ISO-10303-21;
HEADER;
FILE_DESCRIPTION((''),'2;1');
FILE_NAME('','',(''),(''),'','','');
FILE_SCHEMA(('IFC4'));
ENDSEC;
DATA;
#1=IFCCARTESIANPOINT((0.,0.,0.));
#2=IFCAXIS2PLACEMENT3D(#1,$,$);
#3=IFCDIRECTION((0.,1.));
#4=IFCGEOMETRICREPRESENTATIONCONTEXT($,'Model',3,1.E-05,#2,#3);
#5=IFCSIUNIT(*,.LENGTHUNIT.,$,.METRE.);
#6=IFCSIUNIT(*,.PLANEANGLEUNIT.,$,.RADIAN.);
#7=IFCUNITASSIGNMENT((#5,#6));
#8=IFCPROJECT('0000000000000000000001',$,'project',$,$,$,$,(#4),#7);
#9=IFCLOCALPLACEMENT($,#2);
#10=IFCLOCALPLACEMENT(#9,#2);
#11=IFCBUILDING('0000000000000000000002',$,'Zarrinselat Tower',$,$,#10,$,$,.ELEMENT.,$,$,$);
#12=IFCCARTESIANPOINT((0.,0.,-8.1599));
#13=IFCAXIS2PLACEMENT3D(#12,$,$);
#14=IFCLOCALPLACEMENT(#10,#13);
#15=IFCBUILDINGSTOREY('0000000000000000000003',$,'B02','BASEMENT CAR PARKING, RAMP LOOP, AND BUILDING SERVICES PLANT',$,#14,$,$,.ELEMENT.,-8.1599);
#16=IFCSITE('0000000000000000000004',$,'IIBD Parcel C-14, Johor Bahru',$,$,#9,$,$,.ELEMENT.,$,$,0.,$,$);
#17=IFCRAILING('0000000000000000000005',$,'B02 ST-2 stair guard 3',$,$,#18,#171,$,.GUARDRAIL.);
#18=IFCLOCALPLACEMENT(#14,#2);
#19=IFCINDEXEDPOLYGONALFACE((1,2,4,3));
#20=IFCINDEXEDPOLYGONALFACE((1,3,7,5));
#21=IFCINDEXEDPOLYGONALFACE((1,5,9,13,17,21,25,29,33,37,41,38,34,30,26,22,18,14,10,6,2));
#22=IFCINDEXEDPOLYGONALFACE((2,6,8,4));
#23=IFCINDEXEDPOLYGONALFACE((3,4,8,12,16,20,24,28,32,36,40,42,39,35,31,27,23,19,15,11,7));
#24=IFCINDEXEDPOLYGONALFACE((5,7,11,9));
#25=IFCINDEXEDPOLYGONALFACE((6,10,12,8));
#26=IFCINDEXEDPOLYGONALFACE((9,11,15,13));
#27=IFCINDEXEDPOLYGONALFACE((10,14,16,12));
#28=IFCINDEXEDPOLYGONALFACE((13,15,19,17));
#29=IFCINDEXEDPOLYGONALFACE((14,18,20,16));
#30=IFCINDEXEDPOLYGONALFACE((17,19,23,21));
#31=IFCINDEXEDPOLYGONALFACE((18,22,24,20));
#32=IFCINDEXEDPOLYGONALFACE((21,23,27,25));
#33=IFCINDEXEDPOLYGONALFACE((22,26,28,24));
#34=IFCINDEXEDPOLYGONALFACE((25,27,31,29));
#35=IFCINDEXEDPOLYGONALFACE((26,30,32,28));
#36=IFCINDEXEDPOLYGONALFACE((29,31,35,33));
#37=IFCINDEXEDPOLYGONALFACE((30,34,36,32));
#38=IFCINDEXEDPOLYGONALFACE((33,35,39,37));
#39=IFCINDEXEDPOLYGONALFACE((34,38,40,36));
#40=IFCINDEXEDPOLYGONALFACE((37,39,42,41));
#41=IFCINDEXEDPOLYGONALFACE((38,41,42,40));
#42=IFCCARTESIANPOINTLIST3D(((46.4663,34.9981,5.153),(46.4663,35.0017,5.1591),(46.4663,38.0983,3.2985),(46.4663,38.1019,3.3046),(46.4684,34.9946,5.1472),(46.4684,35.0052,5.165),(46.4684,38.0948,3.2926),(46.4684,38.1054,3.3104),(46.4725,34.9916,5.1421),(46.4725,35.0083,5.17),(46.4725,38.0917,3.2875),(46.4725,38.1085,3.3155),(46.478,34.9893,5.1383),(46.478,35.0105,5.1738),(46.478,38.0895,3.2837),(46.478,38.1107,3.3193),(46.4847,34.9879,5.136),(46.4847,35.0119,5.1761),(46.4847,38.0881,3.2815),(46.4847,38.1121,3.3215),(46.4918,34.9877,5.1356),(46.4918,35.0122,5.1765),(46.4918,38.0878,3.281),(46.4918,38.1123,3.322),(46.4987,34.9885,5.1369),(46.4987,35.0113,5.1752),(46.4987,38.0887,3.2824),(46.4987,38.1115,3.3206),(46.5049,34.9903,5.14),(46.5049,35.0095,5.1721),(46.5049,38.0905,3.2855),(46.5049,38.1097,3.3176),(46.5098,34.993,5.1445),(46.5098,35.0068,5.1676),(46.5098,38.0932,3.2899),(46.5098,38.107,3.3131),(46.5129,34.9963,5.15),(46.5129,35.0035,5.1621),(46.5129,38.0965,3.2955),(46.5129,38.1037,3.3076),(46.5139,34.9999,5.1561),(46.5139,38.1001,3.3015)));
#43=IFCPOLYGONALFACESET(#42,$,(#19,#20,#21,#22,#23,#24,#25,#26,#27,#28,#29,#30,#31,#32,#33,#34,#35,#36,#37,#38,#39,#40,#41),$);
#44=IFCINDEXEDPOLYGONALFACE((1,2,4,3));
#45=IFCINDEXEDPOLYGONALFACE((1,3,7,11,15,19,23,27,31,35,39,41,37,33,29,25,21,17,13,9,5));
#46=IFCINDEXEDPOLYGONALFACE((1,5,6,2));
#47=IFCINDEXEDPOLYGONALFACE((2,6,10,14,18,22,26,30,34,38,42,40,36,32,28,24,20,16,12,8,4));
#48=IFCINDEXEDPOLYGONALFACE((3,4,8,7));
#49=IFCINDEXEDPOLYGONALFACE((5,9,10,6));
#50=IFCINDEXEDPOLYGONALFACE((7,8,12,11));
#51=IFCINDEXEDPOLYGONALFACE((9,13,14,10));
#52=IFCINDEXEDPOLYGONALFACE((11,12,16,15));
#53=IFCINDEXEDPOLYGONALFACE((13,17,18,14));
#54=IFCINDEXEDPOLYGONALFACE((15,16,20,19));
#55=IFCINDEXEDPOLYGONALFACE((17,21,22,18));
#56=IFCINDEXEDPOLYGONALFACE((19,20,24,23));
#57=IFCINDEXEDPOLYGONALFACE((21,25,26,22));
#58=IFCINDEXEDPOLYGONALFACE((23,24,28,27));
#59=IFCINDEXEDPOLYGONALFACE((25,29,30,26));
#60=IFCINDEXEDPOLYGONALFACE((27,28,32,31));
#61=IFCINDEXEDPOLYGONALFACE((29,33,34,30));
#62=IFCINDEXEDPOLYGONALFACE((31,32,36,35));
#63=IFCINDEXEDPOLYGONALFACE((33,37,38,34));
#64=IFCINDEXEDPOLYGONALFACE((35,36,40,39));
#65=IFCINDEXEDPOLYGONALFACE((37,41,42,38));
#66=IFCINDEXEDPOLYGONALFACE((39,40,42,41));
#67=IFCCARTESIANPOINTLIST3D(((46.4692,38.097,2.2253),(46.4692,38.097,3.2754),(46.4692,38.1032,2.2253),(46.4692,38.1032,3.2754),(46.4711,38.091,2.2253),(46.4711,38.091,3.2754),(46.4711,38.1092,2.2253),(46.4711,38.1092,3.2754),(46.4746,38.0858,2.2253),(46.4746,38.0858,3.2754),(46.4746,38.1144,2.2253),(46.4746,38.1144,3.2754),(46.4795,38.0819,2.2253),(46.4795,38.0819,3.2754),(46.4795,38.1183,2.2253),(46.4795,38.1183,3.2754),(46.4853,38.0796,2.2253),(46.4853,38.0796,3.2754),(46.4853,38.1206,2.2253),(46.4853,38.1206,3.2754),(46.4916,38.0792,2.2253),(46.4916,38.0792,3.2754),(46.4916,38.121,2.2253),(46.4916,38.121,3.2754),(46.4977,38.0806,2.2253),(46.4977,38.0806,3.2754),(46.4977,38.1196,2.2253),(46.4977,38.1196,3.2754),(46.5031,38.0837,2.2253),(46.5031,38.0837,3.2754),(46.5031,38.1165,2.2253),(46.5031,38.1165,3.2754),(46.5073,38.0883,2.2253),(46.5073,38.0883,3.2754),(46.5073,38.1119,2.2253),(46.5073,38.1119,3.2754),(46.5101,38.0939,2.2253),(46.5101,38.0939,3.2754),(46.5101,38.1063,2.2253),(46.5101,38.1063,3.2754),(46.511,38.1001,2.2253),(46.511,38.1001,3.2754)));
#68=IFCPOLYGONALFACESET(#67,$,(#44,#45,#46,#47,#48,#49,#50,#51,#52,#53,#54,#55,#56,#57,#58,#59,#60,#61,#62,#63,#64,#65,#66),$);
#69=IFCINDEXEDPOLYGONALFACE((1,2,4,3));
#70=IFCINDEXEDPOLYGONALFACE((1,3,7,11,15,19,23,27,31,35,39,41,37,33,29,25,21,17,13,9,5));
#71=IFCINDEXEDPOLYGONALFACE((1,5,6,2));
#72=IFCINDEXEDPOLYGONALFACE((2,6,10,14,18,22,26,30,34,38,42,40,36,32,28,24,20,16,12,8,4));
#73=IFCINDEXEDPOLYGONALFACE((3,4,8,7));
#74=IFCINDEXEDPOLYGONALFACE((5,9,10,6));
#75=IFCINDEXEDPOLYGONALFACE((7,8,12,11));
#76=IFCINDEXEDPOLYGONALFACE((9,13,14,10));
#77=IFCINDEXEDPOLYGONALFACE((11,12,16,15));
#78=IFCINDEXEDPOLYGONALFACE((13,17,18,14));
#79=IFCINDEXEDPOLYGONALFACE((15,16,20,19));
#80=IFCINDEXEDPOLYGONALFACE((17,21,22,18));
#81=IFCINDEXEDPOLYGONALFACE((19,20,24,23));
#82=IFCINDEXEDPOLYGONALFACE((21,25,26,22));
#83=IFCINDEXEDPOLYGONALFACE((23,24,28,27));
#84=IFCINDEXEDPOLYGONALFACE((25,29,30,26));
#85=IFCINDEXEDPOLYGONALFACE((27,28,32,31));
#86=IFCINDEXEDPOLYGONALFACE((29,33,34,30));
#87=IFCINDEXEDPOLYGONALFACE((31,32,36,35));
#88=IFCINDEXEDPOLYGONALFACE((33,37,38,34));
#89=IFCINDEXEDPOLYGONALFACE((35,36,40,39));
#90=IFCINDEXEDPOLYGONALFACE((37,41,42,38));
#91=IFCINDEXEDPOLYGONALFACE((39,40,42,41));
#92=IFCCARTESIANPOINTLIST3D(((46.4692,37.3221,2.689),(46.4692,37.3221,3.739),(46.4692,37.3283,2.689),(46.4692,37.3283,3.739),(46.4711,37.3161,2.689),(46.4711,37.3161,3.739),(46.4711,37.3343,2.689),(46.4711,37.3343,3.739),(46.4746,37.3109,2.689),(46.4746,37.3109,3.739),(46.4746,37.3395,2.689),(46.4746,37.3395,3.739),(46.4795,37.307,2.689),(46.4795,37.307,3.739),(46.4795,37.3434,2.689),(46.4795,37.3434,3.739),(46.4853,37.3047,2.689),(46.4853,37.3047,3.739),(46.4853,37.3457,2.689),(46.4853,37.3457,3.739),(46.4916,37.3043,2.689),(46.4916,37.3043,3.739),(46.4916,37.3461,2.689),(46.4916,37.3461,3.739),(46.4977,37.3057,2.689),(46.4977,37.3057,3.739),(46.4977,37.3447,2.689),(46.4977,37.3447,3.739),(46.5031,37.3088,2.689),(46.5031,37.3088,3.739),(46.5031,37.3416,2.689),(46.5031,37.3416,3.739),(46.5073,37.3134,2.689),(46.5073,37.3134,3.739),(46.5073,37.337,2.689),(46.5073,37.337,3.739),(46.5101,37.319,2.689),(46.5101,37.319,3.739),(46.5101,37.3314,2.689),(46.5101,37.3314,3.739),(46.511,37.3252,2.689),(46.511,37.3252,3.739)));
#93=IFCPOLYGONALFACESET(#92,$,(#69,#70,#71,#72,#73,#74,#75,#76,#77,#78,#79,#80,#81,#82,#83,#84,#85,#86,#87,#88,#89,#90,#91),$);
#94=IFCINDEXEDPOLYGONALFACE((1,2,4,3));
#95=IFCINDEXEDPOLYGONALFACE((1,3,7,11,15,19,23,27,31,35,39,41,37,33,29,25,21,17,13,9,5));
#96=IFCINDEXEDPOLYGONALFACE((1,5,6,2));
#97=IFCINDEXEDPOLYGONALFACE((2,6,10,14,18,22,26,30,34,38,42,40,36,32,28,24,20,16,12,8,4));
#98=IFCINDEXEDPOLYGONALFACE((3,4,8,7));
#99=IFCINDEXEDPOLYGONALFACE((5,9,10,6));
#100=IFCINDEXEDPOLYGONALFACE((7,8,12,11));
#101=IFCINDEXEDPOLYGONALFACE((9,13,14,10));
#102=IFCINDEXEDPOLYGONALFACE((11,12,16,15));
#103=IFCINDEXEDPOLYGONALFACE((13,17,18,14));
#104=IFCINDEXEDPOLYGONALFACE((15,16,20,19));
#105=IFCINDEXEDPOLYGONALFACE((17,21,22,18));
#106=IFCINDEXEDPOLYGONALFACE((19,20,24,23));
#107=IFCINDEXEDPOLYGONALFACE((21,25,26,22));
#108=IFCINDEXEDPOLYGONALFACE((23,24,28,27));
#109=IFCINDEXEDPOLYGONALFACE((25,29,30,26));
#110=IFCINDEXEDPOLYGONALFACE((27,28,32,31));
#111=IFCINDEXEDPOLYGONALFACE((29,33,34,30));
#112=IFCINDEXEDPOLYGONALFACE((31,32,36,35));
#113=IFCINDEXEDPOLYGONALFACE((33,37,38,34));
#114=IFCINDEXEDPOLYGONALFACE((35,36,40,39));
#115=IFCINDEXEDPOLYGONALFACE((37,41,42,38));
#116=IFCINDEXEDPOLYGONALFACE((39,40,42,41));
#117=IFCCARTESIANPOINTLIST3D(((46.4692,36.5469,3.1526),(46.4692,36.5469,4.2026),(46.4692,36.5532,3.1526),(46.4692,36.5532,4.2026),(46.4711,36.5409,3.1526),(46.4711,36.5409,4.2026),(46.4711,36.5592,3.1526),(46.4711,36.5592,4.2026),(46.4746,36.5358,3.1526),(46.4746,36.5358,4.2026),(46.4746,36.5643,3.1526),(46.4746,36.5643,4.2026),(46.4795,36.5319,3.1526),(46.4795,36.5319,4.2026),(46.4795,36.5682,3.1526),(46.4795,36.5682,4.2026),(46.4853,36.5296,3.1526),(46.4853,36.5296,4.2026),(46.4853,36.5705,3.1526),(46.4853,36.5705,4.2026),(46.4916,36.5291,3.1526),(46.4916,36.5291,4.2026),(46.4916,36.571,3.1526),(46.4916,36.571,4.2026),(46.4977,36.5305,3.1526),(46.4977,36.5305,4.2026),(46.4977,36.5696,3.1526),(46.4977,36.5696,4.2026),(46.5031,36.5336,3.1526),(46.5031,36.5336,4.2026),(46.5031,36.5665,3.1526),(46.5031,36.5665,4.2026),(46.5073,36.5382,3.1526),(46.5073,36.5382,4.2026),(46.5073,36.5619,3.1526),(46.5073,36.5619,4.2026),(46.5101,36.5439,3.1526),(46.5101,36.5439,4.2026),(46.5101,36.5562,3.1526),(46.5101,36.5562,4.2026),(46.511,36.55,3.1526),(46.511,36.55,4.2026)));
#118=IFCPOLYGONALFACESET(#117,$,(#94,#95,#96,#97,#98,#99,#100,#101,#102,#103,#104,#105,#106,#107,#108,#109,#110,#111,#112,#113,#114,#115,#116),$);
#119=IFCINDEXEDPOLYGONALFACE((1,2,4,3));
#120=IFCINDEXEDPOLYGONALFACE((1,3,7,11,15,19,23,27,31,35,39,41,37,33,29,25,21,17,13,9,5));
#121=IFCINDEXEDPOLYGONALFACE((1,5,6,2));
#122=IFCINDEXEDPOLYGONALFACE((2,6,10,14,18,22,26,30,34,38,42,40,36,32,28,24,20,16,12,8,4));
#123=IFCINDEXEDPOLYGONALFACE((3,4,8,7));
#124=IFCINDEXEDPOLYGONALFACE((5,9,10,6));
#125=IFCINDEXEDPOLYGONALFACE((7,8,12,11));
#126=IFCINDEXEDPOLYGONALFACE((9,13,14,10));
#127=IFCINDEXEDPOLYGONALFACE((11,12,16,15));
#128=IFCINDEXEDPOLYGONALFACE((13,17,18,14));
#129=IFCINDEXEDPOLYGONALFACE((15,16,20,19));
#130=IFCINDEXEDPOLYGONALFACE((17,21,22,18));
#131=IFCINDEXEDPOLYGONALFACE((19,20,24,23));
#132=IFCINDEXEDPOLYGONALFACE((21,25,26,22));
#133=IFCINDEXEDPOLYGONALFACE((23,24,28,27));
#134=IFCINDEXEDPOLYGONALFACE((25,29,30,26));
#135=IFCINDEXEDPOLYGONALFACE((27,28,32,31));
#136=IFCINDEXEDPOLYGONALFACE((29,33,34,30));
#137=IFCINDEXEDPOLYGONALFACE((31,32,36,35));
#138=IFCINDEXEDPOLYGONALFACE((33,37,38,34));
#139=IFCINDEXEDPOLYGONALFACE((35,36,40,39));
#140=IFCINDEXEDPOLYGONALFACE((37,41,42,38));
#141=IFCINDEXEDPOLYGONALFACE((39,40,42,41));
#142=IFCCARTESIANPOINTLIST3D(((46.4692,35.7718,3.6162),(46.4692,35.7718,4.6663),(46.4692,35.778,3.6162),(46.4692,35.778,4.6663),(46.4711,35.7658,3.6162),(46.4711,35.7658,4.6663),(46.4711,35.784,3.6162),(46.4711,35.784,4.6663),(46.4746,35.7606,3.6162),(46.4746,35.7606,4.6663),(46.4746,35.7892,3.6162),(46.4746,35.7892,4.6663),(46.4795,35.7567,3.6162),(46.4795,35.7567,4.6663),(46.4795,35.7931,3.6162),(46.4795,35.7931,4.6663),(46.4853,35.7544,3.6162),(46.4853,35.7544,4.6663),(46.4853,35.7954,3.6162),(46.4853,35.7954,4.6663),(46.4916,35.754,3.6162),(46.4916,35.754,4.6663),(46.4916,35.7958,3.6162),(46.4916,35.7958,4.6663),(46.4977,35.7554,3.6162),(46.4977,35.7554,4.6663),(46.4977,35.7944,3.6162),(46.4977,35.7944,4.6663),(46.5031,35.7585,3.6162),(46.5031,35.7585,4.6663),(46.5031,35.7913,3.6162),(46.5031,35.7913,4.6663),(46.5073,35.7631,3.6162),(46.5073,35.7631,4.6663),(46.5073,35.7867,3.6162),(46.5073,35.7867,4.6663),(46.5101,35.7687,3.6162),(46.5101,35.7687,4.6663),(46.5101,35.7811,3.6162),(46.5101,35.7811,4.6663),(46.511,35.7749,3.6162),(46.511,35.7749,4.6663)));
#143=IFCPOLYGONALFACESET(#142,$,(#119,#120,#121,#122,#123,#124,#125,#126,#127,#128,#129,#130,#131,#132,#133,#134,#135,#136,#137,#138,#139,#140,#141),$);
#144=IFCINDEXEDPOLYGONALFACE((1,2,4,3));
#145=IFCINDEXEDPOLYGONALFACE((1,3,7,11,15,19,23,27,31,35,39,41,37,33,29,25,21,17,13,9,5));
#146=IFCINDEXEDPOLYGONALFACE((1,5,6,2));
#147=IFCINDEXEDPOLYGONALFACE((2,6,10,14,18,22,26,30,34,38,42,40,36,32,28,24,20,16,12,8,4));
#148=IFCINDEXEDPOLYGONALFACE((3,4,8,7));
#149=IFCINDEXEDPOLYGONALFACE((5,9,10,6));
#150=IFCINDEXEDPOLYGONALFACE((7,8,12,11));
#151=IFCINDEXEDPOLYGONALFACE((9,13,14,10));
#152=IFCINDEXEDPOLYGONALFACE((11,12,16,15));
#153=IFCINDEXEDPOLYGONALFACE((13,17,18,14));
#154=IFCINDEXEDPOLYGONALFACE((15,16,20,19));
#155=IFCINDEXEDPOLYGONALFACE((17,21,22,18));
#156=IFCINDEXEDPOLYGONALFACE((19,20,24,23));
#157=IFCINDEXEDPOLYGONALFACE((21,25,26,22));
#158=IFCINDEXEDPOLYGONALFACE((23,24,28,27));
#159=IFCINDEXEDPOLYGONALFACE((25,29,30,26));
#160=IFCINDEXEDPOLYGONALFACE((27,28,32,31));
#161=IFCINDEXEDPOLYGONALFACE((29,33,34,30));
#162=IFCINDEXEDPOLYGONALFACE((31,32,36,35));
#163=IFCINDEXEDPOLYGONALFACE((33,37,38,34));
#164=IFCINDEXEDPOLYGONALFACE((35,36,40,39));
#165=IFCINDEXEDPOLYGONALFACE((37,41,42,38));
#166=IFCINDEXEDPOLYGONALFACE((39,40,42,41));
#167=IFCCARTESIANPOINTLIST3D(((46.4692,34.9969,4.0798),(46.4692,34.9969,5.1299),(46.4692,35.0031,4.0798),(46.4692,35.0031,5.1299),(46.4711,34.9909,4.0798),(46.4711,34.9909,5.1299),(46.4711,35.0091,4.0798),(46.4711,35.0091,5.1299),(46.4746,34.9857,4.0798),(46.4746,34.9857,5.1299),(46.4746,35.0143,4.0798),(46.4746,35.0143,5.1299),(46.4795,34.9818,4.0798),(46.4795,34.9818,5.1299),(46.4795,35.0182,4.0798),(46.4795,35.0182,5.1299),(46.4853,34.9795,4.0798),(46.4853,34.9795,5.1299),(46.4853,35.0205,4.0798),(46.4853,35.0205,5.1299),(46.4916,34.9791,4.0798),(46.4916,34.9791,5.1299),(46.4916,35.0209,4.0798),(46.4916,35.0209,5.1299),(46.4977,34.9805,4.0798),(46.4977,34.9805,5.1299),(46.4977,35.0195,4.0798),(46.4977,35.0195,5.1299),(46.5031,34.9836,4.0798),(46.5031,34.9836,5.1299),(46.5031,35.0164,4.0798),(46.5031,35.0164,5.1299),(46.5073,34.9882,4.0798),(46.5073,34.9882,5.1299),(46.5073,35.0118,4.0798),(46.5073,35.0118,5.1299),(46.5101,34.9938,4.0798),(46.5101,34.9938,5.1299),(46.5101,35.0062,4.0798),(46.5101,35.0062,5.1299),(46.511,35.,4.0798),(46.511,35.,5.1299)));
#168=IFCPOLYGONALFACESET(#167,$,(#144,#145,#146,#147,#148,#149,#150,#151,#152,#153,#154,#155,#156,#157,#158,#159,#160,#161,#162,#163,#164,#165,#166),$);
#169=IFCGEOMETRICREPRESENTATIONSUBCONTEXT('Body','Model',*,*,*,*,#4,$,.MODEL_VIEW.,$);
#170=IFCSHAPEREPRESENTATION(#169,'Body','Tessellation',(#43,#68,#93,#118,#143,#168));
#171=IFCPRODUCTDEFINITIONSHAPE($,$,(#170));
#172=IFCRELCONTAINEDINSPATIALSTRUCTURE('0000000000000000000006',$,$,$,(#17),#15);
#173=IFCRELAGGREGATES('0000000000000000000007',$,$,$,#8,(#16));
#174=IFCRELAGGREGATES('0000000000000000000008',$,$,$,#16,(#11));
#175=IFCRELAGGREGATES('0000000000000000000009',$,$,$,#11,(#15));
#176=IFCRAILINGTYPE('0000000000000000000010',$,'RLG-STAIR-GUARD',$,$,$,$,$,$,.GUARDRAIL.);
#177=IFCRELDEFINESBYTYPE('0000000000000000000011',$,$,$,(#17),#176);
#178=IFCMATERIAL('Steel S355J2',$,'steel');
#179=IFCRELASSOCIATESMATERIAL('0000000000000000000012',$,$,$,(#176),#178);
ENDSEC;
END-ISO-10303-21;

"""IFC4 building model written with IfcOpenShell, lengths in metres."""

from ifc_helpers import new_model, si_unit, direction, frame, origin, origin_2d, place, context, subcontext, project, spatial, circle, extrude, material, type_object, element, save


model = new_model("IFC4")

# Units and contexts
model_context = context("Model", 3, precision=1e-05, world=origin(), true_north=direction((0.0, 1.0)))
body_context = subcontext(model_context, "Body", "Model", "MODEL_VIEW")
ifc_project = project(units=[si_unit("LENGTHUNIT", "METRE"), si_unit("PLANEANGLEUNIT", "RADIAN")], contexts=[model_context])

# Site, building, storey
site_placement = place(None, origin())
site = spatial("IfcSite", under=ifc_project, at=site_placement, Name="IIBD Parcel C-14, Johor Bahru", CompositionType="ELEMENT", RefElevation=0.0)
building_placement = place(site_placement, origin())
building = spatial("IfcBuilding", under=site, at=building_placement, Name="Zarrinselat Tower", CompositionType="ELEMENT")
storey_placement = place(building_placement, frame((0.0, 0.0, -8.1599)))
storey = spatial("IfcBuildingStorey", under=building, at=storey_placement, Name="B02", Description="BASEMENT CAR PARKING, RAMP LOOP, AND BUILDING SERVICES PLANT", CompositionType="ELEMENT", Elevation=-8.1599)

# Railing
ifc_material_1 = material(Name="Steel S355J2", Category="steel")
railing_type_1 = type_object("IfcRailingType", Name="RLG-STAIR-GUARD", PredefinedType="GUARDRAIL", material=ifc_material_1)
railing_1_placement = place(storey_placement, frame((46.49, 38.1001, 2.2253)))
element("IfcRailing", 1, at=railing_1_placement, inside=storey, type_object=railing_type_1, Name="B02 ST-2 stair guard 3", PredefinedType="GUARDRAIL", context=body_context, shape_type="SweptSolid", body=[
    extrude(circle(Radius=0.0239, at=origin_2d()), frame((0.0, 0.0, 1.0762), z_axis=(0.0, -0.858172, 0.513362), x_axis=(1.0, 0.0, 0.0)), (0.0, 0.0, 1.0), 3.6125),
    extrude(circle(Radius=0.021, at=origin_2d()), origin(), (0.0, 0.0, 1.0), 1.05),
    extrude(circle(Radius=0.021, at=origin_2d()), frame((0.0, -0.7749, 0.4636)), (0.0, 0.0, 1.0), 1.05),
    extrude(circle(Radius=0.021, at=origin_2d()), frame((0.0, -1.55, 0.9272)), (0.0, 0.0, 1.0), 1.05),
    extrude(circle(Radius=0.021, at=origin_2d()), frame((0.0, -2.3252, 1.3909)), (0.0, 0.0, 1.0), 1.05),
    extrude(circle(Radius=0.021, at=origin_2d()), frame((0.0, -3.1001, 1.8545)), (0.0, 0.0, 1.0), 1.05),
])

save(model, "model.ifc")
